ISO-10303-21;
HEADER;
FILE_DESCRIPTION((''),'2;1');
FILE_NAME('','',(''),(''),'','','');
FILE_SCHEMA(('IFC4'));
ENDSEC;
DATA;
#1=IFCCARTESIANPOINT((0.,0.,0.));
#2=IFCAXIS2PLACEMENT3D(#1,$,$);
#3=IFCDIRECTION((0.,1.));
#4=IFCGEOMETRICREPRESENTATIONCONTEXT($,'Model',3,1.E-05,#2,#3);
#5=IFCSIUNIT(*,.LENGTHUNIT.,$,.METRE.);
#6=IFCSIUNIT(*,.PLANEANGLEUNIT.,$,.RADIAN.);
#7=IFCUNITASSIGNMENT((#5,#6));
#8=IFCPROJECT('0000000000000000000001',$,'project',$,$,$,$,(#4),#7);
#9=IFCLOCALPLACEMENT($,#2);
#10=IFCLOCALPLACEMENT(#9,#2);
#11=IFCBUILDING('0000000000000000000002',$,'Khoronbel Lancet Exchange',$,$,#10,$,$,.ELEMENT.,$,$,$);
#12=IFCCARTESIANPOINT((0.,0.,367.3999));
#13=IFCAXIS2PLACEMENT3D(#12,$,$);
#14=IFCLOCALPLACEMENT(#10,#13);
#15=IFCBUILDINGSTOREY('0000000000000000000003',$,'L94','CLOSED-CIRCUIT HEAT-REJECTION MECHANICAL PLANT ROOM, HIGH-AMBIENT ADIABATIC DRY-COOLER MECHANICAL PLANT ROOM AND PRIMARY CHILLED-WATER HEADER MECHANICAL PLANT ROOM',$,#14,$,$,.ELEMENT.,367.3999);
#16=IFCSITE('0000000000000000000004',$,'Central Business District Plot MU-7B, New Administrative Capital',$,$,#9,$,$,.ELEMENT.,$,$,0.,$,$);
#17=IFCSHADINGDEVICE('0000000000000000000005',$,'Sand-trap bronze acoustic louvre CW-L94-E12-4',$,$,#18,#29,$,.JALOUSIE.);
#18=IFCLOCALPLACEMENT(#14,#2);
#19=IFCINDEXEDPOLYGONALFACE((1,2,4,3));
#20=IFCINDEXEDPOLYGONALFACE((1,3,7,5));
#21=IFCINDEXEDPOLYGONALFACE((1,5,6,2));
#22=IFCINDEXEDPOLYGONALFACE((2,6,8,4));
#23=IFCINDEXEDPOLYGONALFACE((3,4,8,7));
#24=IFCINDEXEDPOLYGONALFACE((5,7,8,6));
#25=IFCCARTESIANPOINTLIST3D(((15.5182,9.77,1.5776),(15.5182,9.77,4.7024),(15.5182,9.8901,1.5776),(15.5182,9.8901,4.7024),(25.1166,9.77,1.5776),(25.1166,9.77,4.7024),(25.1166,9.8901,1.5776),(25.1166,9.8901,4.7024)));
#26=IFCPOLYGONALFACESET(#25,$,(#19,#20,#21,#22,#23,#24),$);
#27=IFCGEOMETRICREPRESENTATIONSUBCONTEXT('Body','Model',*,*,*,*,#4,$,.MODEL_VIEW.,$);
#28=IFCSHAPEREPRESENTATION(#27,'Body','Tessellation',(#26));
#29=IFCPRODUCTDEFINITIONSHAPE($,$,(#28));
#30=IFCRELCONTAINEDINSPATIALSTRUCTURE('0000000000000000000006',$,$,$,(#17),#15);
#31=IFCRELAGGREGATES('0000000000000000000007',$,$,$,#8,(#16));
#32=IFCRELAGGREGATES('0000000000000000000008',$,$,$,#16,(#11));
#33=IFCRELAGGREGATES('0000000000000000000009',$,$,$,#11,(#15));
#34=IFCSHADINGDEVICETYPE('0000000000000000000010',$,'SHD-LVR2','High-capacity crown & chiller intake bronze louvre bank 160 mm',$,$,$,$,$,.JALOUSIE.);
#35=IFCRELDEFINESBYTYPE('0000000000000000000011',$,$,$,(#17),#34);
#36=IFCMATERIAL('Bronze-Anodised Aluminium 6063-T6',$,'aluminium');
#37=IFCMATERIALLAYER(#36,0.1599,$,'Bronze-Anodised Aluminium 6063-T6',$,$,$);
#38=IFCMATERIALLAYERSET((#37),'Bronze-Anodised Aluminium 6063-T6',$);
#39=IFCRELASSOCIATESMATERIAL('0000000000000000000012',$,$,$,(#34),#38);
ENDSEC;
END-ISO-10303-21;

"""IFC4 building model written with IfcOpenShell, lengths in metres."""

from ifc_helpers import new_model, si_unit, direction, frame, origin, origin_2d, place, context, subcontext, project, spatial, rectangle, extrude, material, layer, layer_set, type_object, element, save


model = new_model("IFC4")

# Units and contexts
model_context = context("Model", 3, precision=1e-05, world=origin(), true_north=direction((0.0, 1.0)))
body_context = subcontext(model_context, "Body", "Model", "MODEL_VIEW")
ifc_project = project(units=[si_unit("LENGTHUNIT", "METRE"), si_unit("PLANEANGLEUNIT", "RADIAN")], contexts=[model_context])

# Site, building, storey
site_placement = place(None, origin())
site = spatial("IfcSite", under=ifc_project, at=site_placement, Name="Central Business District Plot MU-7B, New Administrative Capital", CompositionType="ELEMENT", RefElevation=0.0)
building_placement = place(site_placement, origin())
building = spatial("IfcBuilding", under=site, at=building_placement, Name="Khoronbel Lancet Exchange", CompositionType="ELEMENT")
storey_placement = place(building_placement, frame((0.0, 0.0, 367.3999)))
storey = spatial("IfcBuildingStorey", under=building, at=storey_placement, Name="L94", Description="CLOSED-CIRCUIT HEAT-REJECTION MECHANICAL PLANT ROOM, HIGH-AMBIENT ADIABATIC DRY-COOLER MECHANICAL PLANT ROOM AND PRIMARY CHILLED-WATER HEADER MECHANICAL PLANT ROOM", CompositionType="ELEMENT", Elevation=367.3999)

# Shared definitions
ifc_material_1 = material(Name="Bronze-Anodised Aluminium 6063-T6", Category="aluminium")

# Shading device
ifc_layer_1 = layer(ifc_material_1, 0.1599, Name="Bronze-Anodised Aluminium 6063-T6")
ifc_layer_set_1 = layer_set([ifc_layer_1], Name="Bronze-Anodised Aluminium 6063-T6")
shading_device_type = type_object("IfcShadingDeviceType", Name="SHD-LVR2", Description="High-capacity crown & chiller intake bronze louvre bank 160 mm", PredefinedType="JALOUSIE", material=ifc_layer_set_1)
for number, where, z_axis, x_axis, name in (
    (1, (20.3174, 9.8301, 1.5776), (0.0, 0.0, 1.0), (-1.0, 0.0, 0.0), "Sand-trap bronze acoustic louvre CW-L94-E12-4"),
):
    element("IfcShadingDevice", number, at=place(storey_placement, frame(where, z_axis=z_axis, x_axis=x_axis)), inside=storey, type_object=shading_device_type, Name=name, PredefinedType="JALOUSIE", context=body_context, shape_type="SweptSolid", body=[
        extrude(rectangle(XDim=9.5984, YDim=0.1201, at=origin_2d()), origin(), (0.0, 0.0, 1.0), 3.1248),
    ])

save(model, "model.ifc")
